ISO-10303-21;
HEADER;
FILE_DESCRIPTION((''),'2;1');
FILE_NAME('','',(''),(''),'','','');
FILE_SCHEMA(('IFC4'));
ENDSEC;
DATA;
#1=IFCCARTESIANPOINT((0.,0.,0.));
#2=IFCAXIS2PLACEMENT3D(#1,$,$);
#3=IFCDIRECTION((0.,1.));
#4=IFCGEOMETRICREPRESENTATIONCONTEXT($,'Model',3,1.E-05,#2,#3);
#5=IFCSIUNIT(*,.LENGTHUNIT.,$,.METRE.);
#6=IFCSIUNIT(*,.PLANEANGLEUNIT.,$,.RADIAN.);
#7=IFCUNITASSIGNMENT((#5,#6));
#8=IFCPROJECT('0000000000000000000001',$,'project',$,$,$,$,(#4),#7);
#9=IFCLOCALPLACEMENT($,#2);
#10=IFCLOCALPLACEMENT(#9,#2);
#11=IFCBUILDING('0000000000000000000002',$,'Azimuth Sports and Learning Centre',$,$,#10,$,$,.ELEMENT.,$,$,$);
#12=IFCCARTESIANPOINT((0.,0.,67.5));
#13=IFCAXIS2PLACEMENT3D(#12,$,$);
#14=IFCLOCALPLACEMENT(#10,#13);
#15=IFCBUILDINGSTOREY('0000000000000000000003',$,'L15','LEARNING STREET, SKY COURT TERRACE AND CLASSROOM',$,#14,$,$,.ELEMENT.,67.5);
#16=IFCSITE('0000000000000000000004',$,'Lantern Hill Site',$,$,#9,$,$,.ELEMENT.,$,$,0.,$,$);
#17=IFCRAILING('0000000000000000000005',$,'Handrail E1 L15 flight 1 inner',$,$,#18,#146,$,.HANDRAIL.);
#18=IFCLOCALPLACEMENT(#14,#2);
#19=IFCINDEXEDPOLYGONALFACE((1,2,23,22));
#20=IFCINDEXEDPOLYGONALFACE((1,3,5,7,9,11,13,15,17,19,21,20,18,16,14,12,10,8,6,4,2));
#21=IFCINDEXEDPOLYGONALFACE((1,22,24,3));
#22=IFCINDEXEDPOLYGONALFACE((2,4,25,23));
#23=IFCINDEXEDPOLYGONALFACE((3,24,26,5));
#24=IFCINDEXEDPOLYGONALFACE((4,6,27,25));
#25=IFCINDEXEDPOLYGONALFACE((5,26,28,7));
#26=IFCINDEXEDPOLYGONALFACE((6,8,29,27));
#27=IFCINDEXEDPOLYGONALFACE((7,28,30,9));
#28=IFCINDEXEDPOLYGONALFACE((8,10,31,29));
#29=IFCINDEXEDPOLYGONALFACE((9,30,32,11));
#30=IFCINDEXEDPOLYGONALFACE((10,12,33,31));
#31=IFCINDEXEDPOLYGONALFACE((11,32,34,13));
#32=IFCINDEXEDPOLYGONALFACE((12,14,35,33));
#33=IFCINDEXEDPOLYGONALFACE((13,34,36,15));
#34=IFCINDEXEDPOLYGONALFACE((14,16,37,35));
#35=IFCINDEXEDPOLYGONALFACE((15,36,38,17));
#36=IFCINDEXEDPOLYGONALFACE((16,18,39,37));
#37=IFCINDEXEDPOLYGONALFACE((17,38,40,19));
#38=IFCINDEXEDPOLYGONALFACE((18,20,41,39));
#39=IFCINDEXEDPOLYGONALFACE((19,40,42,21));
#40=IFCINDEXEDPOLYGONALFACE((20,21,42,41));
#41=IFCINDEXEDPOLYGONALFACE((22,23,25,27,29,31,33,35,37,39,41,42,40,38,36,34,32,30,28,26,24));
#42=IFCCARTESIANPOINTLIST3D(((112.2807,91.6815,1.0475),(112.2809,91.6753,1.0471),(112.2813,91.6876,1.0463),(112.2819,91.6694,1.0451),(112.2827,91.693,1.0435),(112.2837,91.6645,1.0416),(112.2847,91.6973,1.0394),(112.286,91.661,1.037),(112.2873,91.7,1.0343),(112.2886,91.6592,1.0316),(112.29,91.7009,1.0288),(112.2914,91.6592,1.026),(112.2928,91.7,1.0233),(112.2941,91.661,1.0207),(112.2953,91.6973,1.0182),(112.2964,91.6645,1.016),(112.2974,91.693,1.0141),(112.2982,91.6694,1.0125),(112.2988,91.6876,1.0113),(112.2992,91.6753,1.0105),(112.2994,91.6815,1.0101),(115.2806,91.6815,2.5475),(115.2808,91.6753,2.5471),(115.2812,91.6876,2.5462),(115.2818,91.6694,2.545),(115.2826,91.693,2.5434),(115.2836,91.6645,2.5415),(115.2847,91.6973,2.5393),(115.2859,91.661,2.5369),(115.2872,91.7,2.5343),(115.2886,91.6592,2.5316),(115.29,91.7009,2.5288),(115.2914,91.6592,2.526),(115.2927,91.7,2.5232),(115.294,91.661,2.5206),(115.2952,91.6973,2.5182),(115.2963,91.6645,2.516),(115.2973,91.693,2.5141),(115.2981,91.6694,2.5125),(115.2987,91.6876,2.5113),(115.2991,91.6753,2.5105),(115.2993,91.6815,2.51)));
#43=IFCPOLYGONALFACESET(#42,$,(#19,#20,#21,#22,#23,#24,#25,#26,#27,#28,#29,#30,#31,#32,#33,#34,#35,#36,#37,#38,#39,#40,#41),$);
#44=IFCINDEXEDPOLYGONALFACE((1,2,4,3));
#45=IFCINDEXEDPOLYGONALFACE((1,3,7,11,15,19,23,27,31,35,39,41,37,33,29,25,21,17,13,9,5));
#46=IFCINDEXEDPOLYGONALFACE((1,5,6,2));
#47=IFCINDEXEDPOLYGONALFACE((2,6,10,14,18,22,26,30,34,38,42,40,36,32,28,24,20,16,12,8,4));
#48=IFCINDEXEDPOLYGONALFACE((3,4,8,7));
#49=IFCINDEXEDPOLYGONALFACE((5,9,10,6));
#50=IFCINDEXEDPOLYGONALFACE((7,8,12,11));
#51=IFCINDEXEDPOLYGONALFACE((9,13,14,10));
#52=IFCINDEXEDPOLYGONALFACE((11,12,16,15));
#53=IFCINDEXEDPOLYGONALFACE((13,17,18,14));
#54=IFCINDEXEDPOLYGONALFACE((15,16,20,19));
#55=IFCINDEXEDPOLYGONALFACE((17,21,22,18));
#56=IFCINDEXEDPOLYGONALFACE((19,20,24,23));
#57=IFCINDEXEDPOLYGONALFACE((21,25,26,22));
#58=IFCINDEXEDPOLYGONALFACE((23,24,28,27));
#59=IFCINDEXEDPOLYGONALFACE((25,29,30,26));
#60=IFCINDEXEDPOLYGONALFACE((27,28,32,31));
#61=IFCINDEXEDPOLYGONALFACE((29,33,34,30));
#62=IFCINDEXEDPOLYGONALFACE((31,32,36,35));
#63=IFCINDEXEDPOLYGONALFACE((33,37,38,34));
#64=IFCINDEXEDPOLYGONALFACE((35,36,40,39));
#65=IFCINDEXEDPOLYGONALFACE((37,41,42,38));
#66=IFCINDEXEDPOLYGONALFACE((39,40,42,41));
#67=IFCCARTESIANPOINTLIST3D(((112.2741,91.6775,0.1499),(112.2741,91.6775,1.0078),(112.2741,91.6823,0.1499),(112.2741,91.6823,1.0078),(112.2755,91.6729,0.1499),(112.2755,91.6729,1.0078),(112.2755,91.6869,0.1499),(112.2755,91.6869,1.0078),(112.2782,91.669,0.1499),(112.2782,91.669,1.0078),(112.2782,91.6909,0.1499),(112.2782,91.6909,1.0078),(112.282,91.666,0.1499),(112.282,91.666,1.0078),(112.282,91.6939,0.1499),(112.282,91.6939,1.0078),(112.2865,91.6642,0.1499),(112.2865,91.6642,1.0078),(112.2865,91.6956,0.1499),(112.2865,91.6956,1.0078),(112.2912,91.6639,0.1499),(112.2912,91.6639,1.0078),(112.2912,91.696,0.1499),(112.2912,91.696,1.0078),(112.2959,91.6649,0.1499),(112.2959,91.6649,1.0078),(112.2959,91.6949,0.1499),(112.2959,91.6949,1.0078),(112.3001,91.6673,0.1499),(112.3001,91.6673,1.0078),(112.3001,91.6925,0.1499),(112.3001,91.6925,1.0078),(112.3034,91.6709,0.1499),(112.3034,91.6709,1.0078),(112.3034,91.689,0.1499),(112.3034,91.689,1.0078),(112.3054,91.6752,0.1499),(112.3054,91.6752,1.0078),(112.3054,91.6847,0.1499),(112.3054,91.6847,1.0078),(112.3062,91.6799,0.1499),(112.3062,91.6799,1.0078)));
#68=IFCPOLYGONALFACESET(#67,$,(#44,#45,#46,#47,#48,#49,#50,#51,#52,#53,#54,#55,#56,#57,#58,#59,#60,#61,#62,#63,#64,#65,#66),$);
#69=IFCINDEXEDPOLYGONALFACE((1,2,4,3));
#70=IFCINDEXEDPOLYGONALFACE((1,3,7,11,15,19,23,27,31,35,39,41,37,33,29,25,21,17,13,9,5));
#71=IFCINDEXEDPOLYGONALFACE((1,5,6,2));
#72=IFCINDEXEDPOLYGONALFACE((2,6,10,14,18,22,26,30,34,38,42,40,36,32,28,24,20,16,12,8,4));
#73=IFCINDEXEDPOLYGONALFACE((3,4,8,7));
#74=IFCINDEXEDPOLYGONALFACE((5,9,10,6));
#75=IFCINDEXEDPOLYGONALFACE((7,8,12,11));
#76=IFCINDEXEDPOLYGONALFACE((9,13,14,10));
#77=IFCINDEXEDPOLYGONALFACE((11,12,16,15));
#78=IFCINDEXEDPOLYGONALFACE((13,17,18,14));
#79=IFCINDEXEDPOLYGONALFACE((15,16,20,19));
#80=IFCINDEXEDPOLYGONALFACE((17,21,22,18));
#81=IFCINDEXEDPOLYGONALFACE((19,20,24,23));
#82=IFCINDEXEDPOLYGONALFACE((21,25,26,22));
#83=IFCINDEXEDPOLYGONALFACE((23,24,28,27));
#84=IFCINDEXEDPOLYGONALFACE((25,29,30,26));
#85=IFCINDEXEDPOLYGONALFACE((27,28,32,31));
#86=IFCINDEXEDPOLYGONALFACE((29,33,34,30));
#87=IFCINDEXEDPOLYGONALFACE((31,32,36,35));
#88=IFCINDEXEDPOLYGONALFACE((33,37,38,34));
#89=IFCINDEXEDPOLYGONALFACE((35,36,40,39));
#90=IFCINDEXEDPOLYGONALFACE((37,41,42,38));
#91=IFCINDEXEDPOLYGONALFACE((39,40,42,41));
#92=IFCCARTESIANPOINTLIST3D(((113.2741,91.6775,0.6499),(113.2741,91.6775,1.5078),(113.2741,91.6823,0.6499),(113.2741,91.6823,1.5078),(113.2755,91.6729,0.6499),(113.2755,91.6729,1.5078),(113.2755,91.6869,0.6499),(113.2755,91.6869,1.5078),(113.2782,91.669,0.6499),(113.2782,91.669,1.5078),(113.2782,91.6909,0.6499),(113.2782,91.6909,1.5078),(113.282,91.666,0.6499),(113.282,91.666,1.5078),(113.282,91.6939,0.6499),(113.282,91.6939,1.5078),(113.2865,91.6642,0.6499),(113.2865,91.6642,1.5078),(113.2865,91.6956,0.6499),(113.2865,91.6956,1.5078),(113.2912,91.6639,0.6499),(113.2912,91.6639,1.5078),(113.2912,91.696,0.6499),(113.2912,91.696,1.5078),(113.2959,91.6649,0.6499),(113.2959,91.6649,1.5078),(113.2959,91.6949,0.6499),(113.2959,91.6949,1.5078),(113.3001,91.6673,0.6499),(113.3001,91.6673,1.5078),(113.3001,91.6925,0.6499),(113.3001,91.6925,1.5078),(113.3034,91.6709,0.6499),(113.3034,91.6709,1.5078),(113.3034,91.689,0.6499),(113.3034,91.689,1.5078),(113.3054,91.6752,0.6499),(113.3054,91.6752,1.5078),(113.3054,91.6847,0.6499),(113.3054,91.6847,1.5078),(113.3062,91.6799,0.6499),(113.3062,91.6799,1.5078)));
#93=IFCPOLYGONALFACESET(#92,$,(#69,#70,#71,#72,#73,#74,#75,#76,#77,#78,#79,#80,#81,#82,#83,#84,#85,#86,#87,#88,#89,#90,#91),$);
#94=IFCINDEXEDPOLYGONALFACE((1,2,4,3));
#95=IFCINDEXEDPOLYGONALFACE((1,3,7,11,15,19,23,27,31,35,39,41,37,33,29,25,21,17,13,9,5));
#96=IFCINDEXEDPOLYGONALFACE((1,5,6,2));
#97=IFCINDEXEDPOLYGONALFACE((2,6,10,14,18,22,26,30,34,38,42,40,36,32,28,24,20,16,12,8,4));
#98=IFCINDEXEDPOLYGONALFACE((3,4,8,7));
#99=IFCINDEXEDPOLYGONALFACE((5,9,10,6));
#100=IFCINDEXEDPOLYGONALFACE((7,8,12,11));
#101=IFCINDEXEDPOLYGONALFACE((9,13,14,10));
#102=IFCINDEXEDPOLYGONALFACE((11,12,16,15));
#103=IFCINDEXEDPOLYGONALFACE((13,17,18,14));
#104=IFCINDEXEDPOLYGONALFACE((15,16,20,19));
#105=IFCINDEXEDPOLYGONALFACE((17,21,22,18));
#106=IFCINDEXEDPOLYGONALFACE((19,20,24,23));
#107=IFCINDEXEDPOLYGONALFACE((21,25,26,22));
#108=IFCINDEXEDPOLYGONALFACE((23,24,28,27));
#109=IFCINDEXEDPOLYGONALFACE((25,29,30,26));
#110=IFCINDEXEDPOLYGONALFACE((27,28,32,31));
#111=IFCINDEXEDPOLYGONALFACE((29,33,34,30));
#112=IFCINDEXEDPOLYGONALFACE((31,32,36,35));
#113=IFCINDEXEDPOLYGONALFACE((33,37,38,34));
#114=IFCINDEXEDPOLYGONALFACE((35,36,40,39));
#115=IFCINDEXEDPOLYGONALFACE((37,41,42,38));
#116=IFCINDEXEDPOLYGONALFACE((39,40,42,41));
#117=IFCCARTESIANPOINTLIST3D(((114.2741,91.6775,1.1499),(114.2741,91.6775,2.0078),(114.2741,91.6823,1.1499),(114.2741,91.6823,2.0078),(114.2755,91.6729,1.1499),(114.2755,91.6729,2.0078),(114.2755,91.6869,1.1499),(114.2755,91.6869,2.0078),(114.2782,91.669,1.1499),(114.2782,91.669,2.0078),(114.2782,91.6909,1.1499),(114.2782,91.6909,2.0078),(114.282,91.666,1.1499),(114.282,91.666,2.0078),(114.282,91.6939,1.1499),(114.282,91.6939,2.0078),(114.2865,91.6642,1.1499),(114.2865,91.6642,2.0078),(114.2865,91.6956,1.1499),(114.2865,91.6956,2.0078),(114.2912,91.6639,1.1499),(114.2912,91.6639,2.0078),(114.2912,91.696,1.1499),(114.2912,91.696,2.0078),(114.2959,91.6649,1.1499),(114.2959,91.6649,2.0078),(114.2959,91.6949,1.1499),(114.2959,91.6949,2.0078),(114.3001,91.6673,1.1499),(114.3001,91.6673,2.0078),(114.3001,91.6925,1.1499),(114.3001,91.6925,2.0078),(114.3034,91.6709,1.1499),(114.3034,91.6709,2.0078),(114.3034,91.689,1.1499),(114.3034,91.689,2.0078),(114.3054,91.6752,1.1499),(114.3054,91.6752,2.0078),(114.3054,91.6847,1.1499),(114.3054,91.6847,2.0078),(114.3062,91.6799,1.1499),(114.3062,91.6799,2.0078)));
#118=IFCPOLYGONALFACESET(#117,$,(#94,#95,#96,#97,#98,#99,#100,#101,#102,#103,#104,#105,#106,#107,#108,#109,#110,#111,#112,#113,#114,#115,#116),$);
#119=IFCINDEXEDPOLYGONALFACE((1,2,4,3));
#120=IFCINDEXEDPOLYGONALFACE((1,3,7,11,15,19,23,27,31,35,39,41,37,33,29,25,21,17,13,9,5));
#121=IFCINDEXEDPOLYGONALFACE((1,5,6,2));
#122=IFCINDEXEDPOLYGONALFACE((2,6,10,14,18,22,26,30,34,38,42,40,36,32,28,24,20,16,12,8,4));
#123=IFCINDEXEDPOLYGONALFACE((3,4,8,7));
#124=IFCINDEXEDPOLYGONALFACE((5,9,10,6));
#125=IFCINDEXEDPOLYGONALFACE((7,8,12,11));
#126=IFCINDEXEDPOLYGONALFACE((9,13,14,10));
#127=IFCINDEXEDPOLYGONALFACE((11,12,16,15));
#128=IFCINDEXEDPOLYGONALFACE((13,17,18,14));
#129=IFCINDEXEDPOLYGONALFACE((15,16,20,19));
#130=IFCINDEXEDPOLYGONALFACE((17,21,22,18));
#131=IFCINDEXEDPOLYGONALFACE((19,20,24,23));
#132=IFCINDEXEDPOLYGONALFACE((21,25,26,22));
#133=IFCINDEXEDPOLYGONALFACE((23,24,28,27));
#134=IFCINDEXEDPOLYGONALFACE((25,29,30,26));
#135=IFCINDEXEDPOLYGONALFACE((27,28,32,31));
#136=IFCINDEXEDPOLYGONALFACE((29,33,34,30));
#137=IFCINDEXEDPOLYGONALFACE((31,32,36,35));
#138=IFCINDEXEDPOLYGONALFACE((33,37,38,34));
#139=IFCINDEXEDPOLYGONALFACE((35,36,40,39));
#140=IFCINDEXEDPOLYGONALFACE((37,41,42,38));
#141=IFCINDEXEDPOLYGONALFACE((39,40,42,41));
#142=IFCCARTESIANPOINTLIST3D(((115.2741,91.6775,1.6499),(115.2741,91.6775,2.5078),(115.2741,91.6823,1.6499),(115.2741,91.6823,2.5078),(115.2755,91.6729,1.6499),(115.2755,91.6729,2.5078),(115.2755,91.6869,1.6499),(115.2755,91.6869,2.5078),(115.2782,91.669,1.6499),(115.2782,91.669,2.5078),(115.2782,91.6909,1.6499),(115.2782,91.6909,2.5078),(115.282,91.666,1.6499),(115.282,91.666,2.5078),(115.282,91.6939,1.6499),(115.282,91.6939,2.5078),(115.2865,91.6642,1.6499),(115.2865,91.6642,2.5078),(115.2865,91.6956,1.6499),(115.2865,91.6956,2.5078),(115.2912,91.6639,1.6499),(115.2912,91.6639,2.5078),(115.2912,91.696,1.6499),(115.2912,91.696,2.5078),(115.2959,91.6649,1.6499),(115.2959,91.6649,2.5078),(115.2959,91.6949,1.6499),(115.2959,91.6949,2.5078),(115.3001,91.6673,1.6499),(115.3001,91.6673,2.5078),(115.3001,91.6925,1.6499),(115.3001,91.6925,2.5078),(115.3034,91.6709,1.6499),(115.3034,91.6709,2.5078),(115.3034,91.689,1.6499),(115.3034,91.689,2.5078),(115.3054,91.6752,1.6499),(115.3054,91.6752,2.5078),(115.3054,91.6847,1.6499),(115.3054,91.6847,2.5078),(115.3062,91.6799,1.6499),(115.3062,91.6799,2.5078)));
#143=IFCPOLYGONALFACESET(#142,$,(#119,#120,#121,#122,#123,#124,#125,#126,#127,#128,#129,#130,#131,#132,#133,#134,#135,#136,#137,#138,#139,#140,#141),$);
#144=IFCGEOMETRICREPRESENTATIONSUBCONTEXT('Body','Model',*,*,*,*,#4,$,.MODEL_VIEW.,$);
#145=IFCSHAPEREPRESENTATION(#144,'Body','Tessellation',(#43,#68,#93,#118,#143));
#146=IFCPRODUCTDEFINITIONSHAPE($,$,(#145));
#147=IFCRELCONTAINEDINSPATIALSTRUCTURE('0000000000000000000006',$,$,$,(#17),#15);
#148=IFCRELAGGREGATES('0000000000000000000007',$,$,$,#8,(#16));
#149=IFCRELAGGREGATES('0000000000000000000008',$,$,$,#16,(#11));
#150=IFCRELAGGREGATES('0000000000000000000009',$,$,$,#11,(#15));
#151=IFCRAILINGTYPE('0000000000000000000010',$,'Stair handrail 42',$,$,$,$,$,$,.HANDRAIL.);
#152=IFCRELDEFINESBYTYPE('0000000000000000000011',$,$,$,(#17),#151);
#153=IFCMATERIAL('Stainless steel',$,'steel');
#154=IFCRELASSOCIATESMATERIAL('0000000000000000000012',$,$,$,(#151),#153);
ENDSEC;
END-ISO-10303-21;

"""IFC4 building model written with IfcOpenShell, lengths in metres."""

from ifc_helpers import new_model, si_unit, direction, frame, origin, origin_2d, place, context, subcontext, project, spatial, circle, extrude, material, type_object, element, save


model = new_model("IFC4")

# Units and contexts
model_context = context("Model", 3, precision=1e-05, world=origin(), true_north=direction((0.0, 1.0)))
body_context = subcontext(model_context, "Body", "Model", "MODEL_VIEW")
ifc_project = project(units=[si_unit("LENGTHUNIT", "METRE"), si_unit("PLANEANGLEUNIT", "RADIAN")], contexts=[model_context])

# Site, building, storey
site_placement = place(None, origin())
site = spatial("IfcSite", under=ifc_project, at=site_placement, Name="Lantern Hill Site", CompositionType="ELEMENT", RefElevation=0.0)
building_placement = place(site_placement, origin())
building = spatial("IfcBuilding", under=site, at=building_placement, Name="Azimuth Sports and Learning Centre", CompositionType="ELEMENT")
storey_placement = place(building_placement, frame((0.0, 0.0, 67.5)))
storey = spatial("IfcBuildingStorey", under=building, at=storey_placement, Name="L15", Description="LEARNING STREET, SKY COURT TERRACE AND CLASSROOM", CompositionType="ELEMENT", Elevation=67.5)

# Railing
ifc_material_1 = material(Name="Stainless steel", Category="steel")
railing_type_1 = type_object("IfcRailingType", Name="Stair handrail 42", PredefinedType="HANDRAIL", material=ifc_material_1)
for number, where, name in (
    (1, (112.29, 91.6799, 0.1499), "Handrail E1 L15 flight 1 inner"),
):
    element("IfcRailing", number, at=place(storey_placement, frame(where)), inside=storey, type_object=railing_type_1, Name=name, PredefinedType="HANDRAIL", context=body_context, shape_type="SweptSolid", body=[
        extrude(circle(Radius=0.021, at=origin_2d()), frame((0.0, 0.0, 0.8789), z_axis=(0.894427, 0.0, 0.447214), x_axis=(0.0, 1.0, 0.0)), (0.0, 0.0, 1.0), 3.354),
        extrude(circle(Radius=0.0161, at=origin_2d()), origin(), (0.0, 0.0, 1.0), 0.8579),
        extrude(circle(Radius=0.0161, at=origin_2d()), frame((1.0, 0.0, 0.5)), (0.0, 0.0, 1.0), 0.8579),
        extrude(circle(Radius=0.0161, at=origin_2d()), frame((2.0, 0.0, 1.0)), (0.0, 0.0, 1.0), 0.8579),
        extrude(circle(Radius=0.0161, at=origin_2d()), frame((3.0, 0.0, 1.5)), (0.0, 0.0, 1.0), 0.8579),
    ])

save(model, "model.ifc")
